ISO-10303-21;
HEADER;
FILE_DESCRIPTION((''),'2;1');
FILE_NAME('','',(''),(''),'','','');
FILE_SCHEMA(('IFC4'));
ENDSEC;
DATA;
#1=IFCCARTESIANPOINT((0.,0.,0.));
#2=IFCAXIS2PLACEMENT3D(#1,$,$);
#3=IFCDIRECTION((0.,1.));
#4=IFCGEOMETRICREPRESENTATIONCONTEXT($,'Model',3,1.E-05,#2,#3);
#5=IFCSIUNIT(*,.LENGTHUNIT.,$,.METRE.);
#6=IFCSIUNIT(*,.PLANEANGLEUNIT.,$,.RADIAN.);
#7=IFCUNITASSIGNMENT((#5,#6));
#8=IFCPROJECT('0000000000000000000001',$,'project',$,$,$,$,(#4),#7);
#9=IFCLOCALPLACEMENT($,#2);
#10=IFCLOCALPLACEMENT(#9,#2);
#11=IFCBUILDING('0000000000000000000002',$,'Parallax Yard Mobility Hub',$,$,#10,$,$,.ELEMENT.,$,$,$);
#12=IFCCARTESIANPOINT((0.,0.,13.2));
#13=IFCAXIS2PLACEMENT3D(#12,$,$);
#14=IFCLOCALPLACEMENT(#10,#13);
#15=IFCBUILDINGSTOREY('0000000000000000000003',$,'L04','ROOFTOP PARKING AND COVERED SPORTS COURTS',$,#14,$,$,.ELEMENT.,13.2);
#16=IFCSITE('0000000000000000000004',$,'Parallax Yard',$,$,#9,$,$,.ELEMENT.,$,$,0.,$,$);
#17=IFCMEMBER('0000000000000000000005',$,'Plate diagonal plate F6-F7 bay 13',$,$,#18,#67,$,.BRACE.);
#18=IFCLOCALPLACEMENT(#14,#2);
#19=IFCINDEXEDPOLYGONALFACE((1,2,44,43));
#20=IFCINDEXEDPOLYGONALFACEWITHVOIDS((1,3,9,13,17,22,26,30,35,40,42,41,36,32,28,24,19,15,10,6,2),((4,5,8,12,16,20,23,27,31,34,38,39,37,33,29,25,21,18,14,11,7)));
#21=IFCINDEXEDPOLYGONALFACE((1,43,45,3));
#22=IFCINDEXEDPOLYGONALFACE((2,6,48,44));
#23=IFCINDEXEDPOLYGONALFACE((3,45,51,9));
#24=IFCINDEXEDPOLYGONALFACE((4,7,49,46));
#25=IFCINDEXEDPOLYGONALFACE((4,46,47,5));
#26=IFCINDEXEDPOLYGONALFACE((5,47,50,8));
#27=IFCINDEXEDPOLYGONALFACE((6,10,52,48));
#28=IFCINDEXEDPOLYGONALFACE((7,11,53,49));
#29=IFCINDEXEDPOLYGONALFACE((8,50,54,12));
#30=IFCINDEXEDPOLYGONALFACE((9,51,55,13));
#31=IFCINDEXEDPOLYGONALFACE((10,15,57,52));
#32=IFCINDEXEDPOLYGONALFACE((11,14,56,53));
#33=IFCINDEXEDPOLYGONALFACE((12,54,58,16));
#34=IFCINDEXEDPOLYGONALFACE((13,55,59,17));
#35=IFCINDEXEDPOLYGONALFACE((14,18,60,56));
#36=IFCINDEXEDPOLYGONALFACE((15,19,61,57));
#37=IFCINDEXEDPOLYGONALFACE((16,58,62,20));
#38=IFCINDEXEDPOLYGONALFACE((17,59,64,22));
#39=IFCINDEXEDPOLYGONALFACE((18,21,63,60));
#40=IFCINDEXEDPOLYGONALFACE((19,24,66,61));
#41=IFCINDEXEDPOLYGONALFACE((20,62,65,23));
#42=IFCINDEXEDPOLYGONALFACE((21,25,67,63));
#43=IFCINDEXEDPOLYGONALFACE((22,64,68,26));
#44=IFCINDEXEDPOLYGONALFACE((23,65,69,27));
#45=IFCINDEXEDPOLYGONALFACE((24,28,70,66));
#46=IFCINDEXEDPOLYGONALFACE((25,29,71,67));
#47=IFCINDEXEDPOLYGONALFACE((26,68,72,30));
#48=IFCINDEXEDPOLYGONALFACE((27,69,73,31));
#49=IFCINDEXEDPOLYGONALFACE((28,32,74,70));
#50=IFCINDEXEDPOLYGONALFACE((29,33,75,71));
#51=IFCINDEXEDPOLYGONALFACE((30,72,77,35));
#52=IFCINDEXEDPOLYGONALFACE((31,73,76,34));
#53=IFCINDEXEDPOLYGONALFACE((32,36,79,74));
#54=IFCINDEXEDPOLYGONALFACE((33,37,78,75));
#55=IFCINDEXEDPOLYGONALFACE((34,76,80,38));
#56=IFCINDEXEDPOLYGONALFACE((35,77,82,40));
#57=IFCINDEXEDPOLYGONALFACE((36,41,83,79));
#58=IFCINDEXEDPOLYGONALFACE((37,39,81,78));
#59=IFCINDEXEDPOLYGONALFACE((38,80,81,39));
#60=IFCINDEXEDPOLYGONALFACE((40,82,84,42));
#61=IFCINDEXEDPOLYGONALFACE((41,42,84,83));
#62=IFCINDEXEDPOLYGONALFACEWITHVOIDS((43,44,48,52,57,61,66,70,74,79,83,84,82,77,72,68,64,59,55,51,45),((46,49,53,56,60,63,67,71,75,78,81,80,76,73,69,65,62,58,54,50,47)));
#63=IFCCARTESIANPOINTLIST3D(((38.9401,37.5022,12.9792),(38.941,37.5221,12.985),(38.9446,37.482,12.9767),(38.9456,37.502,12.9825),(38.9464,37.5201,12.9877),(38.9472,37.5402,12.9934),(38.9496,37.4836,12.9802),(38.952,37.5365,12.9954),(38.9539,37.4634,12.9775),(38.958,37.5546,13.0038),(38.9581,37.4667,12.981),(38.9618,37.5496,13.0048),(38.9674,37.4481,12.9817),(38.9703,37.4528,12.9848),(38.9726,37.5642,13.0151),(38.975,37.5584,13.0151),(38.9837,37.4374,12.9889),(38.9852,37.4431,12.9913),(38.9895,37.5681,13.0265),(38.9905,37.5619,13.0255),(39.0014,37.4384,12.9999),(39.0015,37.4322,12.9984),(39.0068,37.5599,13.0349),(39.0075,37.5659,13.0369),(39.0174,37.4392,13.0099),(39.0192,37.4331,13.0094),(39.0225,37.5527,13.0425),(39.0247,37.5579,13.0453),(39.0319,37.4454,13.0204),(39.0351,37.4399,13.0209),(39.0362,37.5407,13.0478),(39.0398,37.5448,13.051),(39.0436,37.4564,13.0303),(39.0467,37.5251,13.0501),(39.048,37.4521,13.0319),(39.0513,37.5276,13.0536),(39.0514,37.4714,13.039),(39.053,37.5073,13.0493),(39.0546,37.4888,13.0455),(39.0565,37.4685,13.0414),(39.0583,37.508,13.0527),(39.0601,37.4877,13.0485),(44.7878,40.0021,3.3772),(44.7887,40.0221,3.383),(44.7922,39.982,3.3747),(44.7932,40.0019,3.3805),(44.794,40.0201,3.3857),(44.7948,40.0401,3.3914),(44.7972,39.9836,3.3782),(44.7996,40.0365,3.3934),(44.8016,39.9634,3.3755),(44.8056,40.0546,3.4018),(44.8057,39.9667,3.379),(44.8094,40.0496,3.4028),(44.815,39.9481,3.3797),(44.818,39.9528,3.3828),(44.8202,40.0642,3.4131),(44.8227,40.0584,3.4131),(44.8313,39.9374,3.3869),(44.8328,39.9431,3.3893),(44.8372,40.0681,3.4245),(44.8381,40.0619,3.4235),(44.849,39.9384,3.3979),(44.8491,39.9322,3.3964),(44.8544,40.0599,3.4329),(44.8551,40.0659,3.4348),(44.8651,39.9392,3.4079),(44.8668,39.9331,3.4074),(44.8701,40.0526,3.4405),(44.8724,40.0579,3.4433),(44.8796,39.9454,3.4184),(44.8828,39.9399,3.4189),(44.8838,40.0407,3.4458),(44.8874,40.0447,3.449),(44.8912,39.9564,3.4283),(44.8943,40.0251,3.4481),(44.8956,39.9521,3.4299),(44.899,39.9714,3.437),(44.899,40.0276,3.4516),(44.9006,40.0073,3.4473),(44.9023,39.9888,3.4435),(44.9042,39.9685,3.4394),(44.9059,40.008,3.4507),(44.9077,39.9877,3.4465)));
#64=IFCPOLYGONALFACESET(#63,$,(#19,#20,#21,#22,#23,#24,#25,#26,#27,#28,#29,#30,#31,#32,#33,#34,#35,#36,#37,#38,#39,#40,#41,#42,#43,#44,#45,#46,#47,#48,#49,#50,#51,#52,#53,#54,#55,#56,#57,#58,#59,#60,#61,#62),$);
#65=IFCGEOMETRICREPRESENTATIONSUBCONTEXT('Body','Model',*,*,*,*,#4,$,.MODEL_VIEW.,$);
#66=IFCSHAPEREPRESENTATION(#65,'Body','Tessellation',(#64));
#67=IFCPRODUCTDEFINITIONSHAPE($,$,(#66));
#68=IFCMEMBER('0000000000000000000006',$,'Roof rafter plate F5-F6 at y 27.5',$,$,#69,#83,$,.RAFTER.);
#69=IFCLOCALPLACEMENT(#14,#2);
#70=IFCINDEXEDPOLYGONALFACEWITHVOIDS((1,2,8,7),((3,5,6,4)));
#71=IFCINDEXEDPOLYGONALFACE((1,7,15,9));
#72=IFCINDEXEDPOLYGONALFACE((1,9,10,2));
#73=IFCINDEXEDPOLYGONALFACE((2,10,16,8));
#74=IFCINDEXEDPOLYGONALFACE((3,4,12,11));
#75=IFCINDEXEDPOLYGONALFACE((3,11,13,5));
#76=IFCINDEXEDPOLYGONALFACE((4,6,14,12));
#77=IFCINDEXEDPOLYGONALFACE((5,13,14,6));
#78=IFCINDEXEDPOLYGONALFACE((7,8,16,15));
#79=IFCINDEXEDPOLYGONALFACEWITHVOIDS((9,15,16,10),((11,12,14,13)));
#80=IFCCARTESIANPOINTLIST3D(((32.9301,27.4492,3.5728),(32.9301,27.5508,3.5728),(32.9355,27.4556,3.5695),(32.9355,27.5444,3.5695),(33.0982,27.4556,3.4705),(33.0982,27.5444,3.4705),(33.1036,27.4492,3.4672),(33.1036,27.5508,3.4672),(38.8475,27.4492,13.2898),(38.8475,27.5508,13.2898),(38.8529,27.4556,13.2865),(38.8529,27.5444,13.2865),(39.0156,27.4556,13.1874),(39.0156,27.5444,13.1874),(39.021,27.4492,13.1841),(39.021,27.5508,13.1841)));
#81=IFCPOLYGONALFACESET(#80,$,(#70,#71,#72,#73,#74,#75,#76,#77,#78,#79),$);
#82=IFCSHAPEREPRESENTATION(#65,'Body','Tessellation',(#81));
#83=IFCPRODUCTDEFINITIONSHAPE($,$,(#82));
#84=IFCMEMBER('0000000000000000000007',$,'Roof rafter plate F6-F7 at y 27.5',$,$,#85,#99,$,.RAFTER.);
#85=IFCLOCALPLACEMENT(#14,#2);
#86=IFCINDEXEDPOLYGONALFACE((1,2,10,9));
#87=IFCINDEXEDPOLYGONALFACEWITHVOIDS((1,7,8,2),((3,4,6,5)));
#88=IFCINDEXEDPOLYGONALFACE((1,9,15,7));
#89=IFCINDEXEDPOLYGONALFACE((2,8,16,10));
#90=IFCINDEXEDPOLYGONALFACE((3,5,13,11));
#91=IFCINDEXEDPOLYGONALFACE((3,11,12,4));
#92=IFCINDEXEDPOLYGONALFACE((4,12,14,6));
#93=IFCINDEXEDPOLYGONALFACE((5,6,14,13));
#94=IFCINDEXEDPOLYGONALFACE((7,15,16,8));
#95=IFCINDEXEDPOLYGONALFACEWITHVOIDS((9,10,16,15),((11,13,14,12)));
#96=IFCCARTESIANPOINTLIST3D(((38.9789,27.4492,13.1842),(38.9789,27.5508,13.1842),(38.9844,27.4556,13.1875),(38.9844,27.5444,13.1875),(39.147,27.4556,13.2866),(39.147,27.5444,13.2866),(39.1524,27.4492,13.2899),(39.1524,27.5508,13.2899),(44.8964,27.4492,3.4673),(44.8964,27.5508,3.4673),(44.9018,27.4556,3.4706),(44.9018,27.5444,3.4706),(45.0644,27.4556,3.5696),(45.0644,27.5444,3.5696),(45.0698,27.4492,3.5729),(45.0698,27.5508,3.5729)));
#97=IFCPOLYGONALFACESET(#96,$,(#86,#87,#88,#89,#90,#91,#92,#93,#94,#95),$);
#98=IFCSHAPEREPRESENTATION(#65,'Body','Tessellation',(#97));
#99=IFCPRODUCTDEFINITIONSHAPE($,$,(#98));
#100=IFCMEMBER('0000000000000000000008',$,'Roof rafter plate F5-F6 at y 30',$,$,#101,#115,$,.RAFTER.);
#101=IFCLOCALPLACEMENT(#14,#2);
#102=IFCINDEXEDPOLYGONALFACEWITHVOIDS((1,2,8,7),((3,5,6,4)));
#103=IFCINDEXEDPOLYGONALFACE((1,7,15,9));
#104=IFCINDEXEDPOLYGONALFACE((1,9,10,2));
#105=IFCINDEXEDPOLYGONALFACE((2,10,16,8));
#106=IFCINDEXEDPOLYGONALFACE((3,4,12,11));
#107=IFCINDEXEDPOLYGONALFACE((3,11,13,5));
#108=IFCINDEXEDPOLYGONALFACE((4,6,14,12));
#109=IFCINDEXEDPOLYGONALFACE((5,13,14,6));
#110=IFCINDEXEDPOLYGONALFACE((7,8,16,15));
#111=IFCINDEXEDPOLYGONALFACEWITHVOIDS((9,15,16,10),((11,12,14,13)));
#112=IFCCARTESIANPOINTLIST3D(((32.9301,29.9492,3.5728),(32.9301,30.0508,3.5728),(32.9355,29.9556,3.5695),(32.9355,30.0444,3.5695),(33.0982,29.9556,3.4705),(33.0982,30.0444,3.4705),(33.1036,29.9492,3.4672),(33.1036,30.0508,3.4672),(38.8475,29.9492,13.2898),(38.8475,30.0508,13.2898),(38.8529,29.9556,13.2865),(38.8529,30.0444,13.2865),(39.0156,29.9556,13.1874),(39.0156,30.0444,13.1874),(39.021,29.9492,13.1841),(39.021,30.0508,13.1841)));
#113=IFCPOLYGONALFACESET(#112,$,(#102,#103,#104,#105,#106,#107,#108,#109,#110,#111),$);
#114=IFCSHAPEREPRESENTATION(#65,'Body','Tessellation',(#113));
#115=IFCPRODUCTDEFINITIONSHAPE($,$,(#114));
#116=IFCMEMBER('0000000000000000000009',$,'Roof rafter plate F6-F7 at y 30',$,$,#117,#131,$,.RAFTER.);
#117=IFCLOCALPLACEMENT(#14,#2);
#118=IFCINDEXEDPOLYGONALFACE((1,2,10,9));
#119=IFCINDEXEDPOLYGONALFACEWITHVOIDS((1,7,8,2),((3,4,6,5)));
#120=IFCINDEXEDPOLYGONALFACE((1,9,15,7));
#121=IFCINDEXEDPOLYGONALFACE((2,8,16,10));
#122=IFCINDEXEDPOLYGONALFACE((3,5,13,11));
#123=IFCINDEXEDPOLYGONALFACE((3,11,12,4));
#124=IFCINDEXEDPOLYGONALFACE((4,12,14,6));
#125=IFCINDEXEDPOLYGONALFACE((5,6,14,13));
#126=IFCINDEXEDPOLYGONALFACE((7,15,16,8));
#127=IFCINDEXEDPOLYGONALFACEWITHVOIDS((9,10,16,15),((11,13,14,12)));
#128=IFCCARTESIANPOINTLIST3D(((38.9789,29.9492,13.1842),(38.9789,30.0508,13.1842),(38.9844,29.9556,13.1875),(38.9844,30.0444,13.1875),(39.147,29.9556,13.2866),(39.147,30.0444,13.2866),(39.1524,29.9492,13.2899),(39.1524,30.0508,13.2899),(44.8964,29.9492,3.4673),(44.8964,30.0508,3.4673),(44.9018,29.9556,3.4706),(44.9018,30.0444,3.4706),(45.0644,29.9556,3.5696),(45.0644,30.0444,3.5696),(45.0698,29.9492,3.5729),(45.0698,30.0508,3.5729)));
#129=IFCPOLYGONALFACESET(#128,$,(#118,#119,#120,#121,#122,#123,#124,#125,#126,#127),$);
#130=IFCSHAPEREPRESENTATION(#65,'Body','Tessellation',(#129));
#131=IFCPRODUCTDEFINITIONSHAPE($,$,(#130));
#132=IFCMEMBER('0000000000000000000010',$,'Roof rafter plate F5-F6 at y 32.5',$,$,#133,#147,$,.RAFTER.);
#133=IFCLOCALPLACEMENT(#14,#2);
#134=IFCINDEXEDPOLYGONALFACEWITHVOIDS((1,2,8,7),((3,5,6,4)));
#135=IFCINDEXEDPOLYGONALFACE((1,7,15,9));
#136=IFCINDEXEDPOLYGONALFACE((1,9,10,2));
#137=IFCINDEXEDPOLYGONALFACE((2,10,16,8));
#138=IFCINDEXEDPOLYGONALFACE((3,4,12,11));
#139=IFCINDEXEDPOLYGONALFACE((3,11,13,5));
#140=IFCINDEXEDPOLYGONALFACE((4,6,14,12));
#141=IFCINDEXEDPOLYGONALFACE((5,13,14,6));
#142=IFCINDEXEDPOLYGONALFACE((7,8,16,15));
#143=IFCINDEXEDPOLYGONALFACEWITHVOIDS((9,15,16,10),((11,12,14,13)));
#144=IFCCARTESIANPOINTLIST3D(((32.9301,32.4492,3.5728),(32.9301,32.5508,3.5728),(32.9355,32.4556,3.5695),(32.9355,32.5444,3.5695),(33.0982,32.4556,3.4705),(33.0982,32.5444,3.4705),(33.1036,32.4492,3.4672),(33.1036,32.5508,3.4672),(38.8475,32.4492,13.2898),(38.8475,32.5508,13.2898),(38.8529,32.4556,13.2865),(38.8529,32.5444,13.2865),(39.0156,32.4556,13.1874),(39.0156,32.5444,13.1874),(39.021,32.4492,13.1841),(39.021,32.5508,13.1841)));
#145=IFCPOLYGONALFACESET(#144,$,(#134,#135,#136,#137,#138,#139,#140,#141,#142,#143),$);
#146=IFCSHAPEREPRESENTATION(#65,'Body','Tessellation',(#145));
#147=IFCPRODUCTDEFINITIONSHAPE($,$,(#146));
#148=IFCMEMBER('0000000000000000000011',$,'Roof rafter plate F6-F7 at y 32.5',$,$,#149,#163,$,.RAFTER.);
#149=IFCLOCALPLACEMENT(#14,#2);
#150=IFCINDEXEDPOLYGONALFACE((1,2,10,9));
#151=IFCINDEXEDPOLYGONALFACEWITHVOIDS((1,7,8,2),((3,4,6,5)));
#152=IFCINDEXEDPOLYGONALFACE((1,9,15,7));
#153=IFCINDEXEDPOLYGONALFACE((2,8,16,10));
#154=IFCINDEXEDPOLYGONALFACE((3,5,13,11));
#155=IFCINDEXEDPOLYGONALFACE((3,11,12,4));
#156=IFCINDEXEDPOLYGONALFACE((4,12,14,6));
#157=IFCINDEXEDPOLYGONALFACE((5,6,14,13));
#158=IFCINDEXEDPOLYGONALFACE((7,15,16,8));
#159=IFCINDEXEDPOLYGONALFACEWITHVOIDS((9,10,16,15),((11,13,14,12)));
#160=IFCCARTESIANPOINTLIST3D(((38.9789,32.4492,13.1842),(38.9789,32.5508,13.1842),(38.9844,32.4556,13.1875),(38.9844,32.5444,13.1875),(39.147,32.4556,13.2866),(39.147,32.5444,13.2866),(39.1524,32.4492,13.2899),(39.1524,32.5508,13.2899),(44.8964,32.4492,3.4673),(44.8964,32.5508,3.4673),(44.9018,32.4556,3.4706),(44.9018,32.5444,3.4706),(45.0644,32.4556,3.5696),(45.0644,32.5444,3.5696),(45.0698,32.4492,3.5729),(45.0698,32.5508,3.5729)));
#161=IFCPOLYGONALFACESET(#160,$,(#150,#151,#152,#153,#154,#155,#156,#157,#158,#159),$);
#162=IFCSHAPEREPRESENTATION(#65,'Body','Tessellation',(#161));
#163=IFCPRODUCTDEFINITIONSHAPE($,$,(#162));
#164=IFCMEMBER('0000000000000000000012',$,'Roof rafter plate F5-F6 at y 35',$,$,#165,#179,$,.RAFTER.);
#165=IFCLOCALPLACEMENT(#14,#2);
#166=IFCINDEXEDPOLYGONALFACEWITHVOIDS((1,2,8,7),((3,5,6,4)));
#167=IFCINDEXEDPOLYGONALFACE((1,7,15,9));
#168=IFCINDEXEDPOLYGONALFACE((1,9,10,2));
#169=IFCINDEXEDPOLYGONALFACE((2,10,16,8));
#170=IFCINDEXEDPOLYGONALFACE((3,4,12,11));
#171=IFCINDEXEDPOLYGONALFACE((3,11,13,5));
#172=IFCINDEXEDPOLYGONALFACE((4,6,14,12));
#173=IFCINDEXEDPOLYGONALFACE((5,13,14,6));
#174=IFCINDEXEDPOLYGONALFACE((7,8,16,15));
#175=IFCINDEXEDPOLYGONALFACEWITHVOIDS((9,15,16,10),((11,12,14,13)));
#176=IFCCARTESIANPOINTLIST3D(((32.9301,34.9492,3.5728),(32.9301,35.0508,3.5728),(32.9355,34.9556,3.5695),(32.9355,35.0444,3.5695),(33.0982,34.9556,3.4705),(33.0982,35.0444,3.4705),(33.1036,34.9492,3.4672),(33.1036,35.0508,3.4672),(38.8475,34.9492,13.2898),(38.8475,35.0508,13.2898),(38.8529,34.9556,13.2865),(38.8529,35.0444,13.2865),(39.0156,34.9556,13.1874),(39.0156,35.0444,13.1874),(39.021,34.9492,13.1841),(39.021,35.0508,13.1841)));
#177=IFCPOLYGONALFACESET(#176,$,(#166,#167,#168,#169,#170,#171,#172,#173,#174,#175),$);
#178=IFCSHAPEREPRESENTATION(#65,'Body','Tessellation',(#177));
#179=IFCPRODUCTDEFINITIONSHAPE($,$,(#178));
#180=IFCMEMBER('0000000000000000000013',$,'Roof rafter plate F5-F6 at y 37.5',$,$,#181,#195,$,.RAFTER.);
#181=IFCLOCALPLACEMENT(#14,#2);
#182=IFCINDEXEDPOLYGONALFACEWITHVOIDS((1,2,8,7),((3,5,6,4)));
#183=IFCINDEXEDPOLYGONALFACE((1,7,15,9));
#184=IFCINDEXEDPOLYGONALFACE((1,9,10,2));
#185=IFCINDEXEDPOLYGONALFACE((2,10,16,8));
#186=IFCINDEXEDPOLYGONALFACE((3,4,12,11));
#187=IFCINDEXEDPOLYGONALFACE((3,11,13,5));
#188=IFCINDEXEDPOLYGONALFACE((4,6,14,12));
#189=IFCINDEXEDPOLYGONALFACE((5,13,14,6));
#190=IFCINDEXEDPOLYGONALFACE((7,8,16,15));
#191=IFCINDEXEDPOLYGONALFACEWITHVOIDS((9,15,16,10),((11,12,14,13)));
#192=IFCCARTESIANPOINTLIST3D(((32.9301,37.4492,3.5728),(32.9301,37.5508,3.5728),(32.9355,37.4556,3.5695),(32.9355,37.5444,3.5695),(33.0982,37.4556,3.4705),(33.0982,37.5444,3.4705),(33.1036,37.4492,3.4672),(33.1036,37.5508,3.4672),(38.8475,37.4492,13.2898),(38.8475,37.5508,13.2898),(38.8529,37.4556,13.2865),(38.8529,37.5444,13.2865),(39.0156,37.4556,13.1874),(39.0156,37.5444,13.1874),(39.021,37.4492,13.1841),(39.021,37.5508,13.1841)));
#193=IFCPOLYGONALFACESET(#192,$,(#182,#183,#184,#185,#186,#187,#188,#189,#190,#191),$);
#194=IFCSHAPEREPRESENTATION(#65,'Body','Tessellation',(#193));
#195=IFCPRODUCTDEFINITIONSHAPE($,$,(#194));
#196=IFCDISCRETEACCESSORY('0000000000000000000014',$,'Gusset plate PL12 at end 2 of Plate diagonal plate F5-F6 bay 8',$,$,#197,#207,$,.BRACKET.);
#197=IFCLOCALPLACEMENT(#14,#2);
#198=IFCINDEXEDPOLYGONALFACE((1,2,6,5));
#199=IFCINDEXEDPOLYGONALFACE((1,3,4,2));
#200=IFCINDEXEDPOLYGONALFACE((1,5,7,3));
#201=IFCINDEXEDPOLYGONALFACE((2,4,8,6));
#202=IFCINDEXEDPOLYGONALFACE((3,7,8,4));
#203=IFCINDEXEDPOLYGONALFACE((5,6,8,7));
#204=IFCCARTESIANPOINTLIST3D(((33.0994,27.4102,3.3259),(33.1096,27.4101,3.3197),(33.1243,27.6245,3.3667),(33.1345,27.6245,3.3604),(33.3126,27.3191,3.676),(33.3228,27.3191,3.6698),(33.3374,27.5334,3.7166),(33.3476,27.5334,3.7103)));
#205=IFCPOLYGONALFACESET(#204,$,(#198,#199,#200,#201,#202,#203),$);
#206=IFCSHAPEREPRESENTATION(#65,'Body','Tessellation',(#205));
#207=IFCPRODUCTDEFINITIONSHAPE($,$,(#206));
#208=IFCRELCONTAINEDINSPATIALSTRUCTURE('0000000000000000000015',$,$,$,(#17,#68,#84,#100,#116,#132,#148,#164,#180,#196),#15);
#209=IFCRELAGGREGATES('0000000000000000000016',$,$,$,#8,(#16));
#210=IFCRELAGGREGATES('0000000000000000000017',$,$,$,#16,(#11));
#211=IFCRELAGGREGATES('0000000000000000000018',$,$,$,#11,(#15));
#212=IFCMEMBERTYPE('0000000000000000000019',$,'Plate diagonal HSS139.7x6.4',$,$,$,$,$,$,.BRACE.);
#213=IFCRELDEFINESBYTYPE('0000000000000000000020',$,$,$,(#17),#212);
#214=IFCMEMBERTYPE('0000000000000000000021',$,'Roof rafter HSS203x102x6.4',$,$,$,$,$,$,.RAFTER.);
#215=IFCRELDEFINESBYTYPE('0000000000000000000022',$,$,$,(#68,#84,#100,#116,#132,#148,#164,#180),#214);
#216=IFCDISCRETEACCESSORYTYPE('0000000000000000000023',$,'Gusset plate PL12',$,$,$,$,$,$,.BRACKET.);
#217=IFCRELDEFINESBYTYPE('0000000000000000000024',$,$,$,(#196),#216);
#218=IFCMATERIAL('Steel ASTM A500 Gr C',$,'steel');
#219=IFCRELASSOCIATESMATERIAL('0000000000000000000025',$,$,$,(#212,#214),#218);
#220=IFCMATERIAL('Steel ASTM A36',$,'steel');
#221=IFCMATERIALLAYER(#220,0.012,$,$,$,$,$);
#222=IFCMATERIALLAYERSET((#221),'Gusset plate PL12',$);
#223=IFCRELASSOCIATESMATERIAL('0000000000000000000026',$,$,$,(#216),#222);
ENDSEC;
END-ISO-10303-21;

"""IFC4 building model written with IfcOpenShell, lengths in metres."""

from ifc_helpers import new_model, si_unit, direction, frame, origin, origin_2d, place, context, subcontext, project, spatial, polyline, hollow_rectangle, hollow_circle, outline, extrude, material, layer, layer_set, material_profile, profile_set, type_object, element, save


model = new_model("IFC4")

# Units and contexts
model_context = context("Model", 3, precision=1e-05, world=origin(), true_north=direction((0.0, 1.0)))
body_context = subcontext(model_context, "Body", "Model", "MODEL_VIEW")
ifc_project = project(units=[si_unit("LENGTHUNIT", "METRE"), si_unit("PLANEANGLEUNIT", "RADIAN")], contexts=[model_context])

# Site, building, storey
site_placement = place(None, origin())
site = spatial("IfcSite", under=ifc_project, at=site_placement, Name="Parallax Yard", CompositionType="ELEMENT", RefElevation=0.0)
building_placement = place(site_placement, origin())
building = spatial("IfcBuilding", under=site, at=building_placement, Name="Parallax Yard Mobility Hub", CompositionType="ELEMENT")
storey_placement = place(building_placement, frame((0.0, 0.0, 13.2)))
storey = spatial("IfcBuildingStorey", under=building, at=storey_placement, Name="L04", Description="ROOFTOP PARKING AND COVERED SPORTS COURTS", CompositionType="ELEMENT", Elevation=13.2)

# Members
ifc_material_1 = material(Name="Steel ASTM A500 Gr C", Category="steel")
ifc_material_profile_1 = material_profile(ifc_material_1, hollow_circle(Radius=0.0698, WallThickness=0.0063, at=origin_2d()), Name="HSS139.7x6.4")
ifc_profile_set_1 = profile_set([ifc_material_profile_1], Name="Steel ASTM A500 Gr C")
member_type_1 = type_object("IfcMemberType", Name="Plate diagonal HSS139.7x6.4", PredefinedType="BRACE", material=ifc_profile_set_1)
for number, where, z_axis, x_axis, name in (
    (1, (39.0, 37.5, 13.0151), (0.507735, 0.217068, -0.833718), (-0.393104, 0.919494, 0.0), "Plate diagonal plate F6-F7 bay 13"),
):
    element("IfcMember", number, at=place(storey_placement, frame(where, z_axis=z_axis, x_axis=x_axis)), inside=storey, type_object=member_type_1, Name=name, PredefinedType="BRACE", context=body_context, shape_type="SweptSolid", body=[
        extrude(hollow_circle(Radius=0.0698, WallThickness=0.0063, at=origin_2d()), origin(), (0.0, 0.0, 1.0), 11.5171),
    ])
ifc_material_profile_2 = material_profile(ifc_material_1, hollow_rectangle(XDim=0.1016, YDim=0.2031, WallThickness=0.0063, at=origin_2d()), Name="HSS203x102x6.4")
ifc_profile_set_2 = profile_set([ifc_material_profile_2], Name="Steel ASTM A500 Gr C")
member_type_2 = type_object("IfcMemberType", Name="Roof rafter HSS203x102x6.4", PredefinedType="RAFTER", material=ifc_profile_set_2)
for number, where, z_axis, x_axis, name in (
    (2, (33.0168, 27.5, 3.52), (0.520124, 0.0, 0.854091), (0.0, 1.0, 0.0), "Roof rafter plate F5-F6 at y 27.5"),
    (3, (39.0657, 27.5, 13.2371), (0.520124, 0.0, -0.854091), (0.0, 1.0, 0.0), "Roof rafter plate F6-F7 at y 27.5"),
    (4, (33.0168, 30.0, 3.52), (0.520124, 0.0, 0.854091), (0.0, 1.0, 0.0), "Roof rafter plate F5-F6 at y 30"),
    (5, (39.0657, 30.0, 13.2371), (0.520124, 0.0, -0.854091), (0.0, 1.0, 0.0), "Roof rafter plate F6-F7 at y 30"),
    (6, (33.0168, 32.5, 3.52), (0.520124, 0.0, 0.854091), (0.0, 1.0, 0.0), "Roof rafter plate F5-F6 at y 32.5"),
    (7, (39.0657, 32.5, 13.2371), (0.520124, 0.0, -0.854091), (0.0, 1.0, 0.0), "Roof rafter plate F6-F7 at y 32.5"),
    (8, (33.0168, 35.0, 3.52), (0.520124, 0.0, 0.854091), (0.0, 1.0, 0.0), "Roof rafter plate F5-F6 at y 35"),
    (9, (33.0168, 37.5, 3.52), (0.520124, 0.0, 0.854091), (0.0, 1.0, 0.0), "Roof rafter plate F5-F6 at y 37.5"),
):
    element("IfcMember", number, at=place(storey_placement, frame(where, z_axis=z_axis, x_axis=x_axis)), inside=storey, type_object=member_type_2, Name=name, PredefinedType="RAFTER", context=body_context, shape_type="SweptSolid", body=[
        extrude(hollow_rectangle(XDim=0.1016, YDim=0.2031, WallThickness=0.0063, at=origin_2d()), origin(), (0.0, 0.0, 1.0), 11.377),
    ])

# Discrete accessory
ifc_material_2 = material(Name="Steel ASTM A36", Category="steel")
ifc_layer = layer(ifc_material_2, 0.012)
ifc_layer_set = layer_set([ifc_layer], Name="Gusset plate PL12")
discrete_accessory_type = type_object("IfcDiscreteAccessoryType", Name="Gusset plate PL12", PredefinedType="BRACKET", material=ifc_layer_set)
discrete_accessory_1_placement = place(storey_placement, frame((33.3374, 27.5334, 3.7166), z_axis=(-0.854019, 0.000558, 0.520242), x_axis=(-0.507743, 0.216994, -0.833733)))
element("IfcDiscreteAccessory", 10, at=discrete_accessory_1_placement, inside=storey, type_object=discrete_accessory_type, Name="Gusset plate PL12 at end 2 of Plate diagonal plate F5-F6 bay 8", PredefinedType="BRACKET", context=body_context, shape_type="SweptSolid", body=[
    extrude(outline(polyline([(0.0, 0.0), (0.4197, 0.0), (0.4198, 0.2196), (-0.0001, 0.2196), (0.0, 0.0)])), origin(), (0.0, 0.0, -1.0), 0.012),
])

save(model, "model.ifc")
